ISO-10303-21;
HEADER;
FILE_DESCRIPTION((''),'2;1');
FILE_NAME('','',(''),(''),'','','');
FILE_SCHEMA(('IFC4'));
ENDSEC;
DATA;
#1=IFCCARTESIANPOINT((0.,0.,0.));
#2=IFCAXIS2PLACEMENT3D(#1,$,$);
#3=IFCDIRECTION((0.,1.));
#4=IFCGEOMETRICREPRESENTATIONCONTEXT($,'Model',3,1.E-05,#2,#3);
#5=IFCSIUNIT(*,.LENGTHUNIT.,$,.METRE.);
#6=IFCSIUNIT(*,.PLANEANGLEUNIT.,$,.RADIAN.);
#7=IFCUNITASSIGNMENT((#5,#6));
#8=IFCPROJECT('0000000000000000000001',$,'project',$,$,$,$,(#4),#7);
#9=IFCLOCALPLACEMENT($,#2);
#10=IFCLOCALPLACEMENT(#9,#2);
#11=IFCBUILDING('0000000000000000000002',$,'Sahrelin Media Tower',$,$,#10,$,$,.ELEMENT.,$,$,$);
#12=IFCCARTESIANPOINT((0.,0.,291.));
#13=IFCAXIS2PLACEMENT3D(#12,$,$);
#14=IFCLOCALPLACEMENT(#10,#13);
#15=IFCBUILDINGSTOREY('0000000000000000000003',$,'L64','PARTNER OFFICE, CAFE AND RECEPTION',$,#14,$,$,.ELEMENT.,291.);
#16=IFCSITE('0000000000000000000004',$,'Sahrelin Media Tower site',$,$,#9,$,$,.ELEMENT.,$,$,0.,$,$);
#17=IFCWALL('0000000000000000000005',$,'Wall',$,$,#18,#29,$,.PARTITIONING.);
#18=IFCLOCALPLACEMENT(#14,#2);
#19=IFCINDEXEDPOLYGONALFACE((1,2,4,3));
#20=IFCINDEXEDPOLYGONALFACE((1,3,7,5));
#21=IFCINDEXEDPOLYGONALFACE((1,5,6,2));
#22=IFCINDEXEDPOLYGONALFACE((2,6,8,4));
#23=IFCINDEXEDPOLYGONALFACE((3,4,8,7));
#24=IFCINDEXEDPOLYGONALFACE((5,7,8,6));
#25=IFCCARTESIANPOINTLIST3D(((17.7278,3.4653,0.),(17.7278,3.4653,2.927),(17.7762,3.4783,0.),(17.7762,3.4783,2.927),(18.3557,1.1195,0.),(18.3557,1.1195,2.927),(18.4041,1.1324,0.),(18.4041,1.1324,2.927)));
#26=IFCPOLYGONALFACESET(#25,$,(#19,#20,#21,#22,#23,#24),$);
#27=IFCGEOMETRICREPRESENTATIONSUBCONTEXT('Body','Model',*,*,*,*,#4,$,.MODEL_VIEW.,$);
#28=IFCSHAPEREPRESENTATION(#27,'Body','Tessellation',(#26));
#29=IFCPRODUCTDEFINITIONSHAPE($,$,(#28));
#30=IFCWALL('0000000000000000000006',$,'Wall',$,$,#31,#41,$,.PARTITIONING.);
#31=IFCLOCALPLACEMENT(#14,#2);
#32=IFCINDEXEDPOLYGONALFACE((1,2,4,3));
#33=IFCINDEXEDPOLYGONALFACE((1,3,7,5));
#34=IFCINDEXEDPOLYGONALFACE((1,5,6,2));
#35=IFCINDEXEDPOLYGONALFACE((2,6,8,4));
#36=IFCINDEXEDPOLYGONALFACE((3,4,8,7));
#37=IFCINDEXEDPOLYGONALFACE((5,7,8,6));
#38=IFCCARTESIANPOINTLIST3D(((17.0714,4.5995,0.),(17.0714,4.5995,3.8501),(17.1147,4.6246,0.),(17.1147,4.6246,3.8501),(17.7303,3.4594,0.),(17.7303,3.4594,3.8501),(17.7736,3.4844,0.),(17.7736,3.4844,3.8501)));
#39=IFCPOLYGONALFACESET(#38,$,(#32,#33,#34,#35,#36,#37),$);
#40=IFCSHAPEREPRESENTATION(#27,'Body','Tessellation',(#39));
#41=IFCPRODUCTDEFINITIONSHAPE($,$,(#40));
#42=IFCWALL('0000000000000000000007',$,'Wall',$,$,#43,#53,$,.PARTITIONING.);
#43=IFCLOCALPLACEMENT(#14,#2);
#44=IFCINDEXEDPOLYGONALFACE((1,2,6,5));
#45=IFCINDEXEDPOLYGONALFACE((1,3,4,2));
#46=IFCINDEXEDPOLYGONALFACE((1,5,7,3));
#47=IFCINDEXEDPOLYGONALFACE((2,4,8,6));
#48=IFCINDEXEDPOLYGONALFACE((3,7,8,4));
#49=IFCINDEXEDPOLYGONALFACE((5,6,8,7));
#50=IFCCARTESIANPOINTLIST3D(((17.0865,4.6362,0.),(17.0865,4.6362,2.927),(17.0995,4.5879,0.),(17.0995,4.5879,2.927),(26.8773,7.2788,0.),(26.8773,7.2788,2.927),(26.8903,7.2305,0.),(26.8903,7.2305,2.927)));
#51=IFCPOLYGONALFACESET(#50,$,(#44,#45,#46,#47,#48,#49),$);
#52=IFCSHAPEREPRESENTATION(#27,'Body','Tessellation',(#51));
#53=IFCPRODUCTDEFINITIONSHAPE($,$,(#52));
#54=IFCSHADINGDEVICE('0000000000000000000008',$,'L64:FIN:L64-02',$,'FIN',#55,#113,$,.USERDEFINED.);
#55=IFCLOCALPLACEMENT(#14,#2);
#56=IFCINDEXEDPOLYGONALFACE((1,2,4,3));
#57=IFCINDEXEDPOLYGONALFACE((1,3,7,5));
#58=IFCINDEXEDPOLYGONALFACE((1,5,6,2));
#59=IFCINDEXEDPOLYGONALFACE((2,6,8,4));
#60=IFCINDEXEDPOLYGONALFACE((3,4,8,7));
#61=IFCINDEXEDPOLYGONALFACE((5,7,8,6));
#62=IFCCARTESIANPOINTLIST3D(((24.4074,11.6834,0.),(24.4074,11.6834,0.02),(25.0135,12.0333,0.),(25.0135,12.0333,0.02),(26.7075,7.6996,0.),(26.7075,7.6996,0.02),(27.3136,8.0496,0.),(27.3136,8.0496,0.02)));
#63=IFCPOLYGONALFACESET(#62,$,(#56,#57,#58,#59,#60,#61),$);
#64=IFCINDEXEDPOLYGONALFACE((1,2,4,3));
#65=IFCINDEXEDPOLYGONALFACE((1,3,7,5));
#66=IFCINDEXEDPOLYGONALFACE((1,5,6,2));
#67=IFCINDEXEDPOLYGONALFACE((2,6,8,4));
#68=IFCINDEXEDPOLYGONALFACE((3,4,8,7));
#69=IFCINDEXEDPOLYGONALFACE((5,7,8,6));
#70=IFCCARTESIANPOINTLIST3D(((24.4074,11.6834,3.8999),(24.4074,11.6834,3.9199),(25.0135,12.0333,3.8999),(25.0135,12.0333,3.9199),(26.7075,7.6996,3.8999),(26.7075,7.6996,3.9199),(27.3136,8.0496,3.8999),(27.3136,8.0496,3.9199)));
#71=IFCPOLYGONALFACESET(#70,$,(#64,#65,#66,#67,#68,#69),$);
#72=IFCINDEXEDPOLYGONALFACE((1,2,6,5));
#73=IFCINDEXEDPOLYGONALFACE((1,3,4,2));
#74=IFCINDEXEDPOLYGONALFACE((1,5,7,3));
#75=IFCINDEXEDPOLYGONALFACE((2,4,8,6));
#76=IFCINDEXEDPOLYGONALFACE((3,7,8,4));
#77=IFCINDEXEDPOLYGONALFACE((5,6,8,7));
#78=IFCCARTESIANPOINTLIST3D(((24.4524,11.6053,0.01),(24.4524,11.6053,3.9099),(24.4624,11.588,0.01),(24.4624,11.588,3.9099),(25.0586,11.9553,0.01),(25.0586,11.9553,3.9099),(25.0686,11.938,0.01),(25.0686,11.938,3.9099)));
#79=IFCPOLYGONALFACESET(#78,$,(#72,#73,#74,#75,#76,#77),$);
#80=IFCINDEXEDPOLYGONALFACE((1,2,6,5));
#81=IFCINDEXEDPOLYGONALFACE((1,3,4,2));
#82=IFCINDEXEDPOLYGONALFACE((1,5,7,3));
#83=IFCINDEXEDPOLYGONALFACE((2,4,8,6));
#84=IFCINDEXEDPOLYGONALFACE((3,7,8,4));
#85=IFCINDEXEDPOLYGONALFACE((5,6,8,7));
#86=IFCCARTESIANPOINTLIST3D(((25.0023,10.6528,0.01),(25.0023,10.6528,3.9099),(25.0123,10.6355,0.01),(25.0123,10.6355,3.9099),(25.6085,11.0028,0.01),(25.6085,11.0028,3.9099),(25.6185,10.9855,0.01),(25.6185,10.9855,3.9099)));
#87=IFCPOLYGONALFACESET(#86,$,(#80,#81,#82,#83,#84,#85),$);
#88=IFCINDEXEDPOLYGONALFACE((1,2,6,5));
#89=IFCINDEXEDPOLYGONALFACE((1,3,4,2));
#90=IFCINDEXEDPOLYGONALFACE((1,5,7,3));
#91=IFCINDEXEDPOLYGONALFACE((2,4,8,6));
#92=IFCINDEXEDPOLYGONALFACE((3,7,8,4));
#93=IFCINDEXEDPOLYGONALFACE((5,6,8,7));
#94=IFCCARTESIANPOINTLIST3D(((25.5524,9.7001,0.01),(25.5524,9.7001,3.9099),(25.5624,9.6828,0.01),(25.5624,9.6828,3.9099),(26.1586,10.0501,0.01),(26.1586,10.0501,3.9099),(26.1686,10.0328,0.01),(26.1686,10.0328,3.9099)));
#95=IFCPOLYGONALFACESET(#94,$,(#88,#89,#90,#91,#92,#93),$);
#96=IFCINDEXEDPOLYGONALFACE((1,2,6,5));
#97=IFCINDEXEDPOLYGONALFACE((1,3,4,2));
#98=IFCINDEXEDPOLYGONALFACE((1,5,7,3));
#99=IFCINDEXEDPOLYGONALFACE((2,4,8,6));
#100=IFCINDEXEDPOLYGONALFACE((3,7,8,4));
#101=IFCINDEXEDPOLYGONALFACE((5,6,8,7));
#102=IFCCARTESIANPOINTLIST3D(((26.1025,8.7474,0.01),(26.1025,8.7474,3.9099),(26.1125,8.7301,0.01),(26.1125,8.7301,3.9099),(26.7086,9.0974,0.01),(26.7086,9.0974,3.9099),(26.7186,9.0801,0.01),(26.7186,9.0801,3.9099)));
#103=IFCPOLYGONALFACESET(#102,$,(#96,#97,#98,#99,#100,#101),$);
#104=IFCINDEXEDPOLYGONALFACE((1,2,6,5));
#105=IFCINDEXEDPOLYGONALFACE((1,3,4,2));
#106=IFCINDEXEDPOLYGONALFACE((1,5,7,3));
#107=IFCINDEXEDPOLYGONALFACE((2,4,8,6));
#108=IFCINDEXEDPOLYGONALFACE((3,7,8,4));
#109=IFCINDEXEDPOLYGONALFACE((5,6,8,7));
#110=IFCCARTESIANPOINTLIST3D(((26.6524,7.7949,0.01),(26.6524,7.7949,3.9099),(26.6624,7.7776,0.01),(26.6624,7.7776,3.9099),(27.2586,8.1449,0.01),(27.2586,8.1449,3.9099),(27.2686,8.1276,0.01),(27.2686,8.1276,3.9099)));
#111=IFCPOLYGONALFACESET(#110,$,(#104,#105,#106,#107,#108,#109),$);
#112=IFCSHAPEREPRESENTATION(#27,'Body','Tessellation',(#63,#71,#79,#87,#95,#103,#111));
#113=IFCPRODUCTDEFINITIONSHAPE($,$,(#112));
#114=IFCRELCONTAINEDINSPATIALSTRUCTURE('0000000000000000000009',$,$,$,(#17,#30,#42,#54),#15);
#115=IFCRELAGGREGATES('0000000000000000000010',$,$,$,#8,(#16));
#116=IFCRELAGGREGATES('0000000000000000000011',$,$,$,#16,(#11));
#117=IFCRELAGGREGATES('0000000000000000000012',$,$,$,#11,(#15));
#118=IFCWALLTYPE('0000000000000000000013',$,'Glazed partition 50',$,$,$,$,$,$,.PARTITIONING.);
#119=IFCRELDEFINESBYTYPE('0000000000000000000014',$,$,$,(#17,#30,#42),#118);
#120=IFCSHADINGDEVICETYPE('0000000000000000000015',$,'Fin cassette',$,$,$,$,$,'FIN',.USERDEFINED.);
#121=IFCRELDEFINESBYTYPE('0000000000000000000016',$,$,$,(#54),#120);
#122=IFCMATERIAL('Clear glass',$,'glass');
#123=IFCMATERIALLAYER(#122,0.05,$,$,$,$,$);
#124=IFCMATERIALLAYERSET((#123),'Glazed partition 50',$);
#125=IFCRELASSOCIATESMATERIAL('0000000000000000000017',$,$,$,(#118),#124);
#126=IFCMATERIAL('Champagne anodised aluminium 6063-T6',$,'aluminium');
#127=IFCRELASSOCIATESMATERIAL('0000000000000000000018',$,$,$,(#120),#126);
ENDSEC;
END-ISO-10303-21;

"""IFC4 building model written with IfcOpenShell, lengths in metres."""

from ifc_helpers import new_model, si_unit, direction, frame, frame_2d, origin, origin_2d, place, context, subcontext, project, spatial, rectangle, extrude, material, layer, layer_set, type_object, element, save


model = new_model("IFC4")

# Units and contexts
model_context = context("Model", 3, precision=1e-05, world=origin(), true_north=direction((0.0, 1.0)))
body_context = subcontext(model_context, "Body", "Model", "MODEL_VIEW")
ifc_project = project(units=[si_unit("LENGTHUNIT", "METRE"), si_unit("PLANEANGLEUNIT", "RADIAN")], contexts=[model_context])

# Site, building, storey
site_placement = place(None, origin())
site = spatial("IfcSite", under=ifc_project, at=site_placement, Name="Sahrelin Media Tower site", CompositionType="ELEMENT", RefElevation=0.0)
building_placement = place(site_placement, origin())
building = spatial("IfcBuilding", under=site, at=building_placement, Name="Sahrelin Media Tower", CompositionType="ELEMENT")
storey_placement = place(building_placement, frame((0.0, 0.0, 291.0)))
storey = spatial("IfcBuildingStorey", under=building, at=storey_placement, Name="L64", Description="PARTNER OFFICE, CAFE AND RECEPTION", CompositionType="ELEMENT", Elevation=291.0)

# Shared definitions
ifc_material_1 = material(Name="Champagne anodised aluminium 6063-T6", Category="aluminium")

# Walls
ifc_material_2 = material(Name="Clear glass", Category="glass")
ifc_layer_1 = layer(ifc_material_2, 0.05)
ifc_layer_set_1 = layer_set([ifc_layer_1], Name="Glazed partition 50")
wall_type_1 = type_object("IfcWallType", Name="Glazed partition 50", PredefinedType="PARTITIONING", material=ifc_layer_set_1)
wall_1_placement = place(storey_placement, frame((17.752, 3.4719, 0.0), z_axis=(0.0, 0.0, 1.0), x_axis=(0.258564, -0.965994, 0.0)))
element("IfcWall", 1, at=wall_1_placement, inside=storey, type_object=wall_type_1, Name="Wall", PredefinedType="PARTITIONING", context=body_context, shape_type="SweptSolid", body=[
    extrude(rectangle(XDim=2.4285, YDim=0.05, at=frame_2d((1.2144, 0.0))), origin(), (0.0, 0.0, 1.0), 2.927),
])
wall_2_placement = place(storey_placement, frame((17.093, 4.6121, 0.0), z_axis=(0.0, 0.0, 1.0), x_axis=(0.500386, -0.865803, 0.0)))
element("IfcWall", 2, at=wall_2_placement, inside=storey, type_object=wall_type_1, Name="Wall", PredefinedType="PARTITIONING", context=body_context, shape_type="SweptSolid", body=[
    extrude(rectangle(XDim=1.3169, YDim=0.05, at=frame_2d((0.6584, 0.0))), origin(), (0.0, 0.0, 1.0), 3.8501),
])
wall_3_placement = place(storey_placement, frame((17.093, 4.6121, 0.0), z_axis=(0.0, 0.0, 1.0), x_axis=(0.965452, 0.26058, 0.0)))
element("IfcWall", 3, at=wall_3_placement, inside=storey, type_object=wall_type_1, Name="Wall", PredefinedType="PARTITIONING", context=body_context, shape_type="SweptSolid", body=[
    extrude(rectangle(XDim=10.1411, YDim=0.05, at=frame_2d((5.0706, 0.0))), origin(), (0.0, 0.0, 1.0), 2.927),
])

# Shading device
shading_device_type_1 = type_object("IfcShadingDeviceType", Name="Fin cassette", ElementType="FIN", PredefinedType="USERDEFINED", material=ifc_material_1)
placement = place(storey_placement, frame((25.4968, 9.6565, 0.0), z_axis=(0.0, 0.0, 1.0), x_axis=(0.500011, -0.866019, 0.0)))
element("IfcShadingDevice", 4, at=placement, inside=storey, type_object=shading_device_type_1, Name="L64:FIN:L64-02", ObjectType="FIN", PredefinedType="USERDEFINED", context=body_context, shape_type="SweptSolid", body=[
    extrude(rectangle(XDim=4.6001, YDim=0.7, at=origin_2d()), frame((0.0, 0.4199, 0.0)), (0.0, 0.0, 1.0), 0.02),
    extrude(rectangle(XDim=4.6001, YDim=0.7, at=origin_2d()), frame((0.0, 0.4199, 3.8999)), (0.0, 0.0, 1.0), 0.02),
    extrude(rectangle(XDim=0.02, YDim=0.7, at=origin_2d()), frame((-2.2, 0.4199, 0.01), z_axis=(0.0, 0.0, 1.0), x_axis=(1.0, 0.0, 0.0)), (0.0, 0.0, 1.0), 3.8999),
    extrude(rectangle(XDim=0.02, YDim=0.7, at=origin_2d()), frame((-1.1001, 0.4199, 0.01), z_axis=(0.0, 0.0, 1.0), x_axis=(1.0, 0.0, 0.0)), (0.0, 0.0, 1.0), 3.8999),
    extrude(rectangle(XDim=0.02, YDim=0.7, at=origin_2d()), frame((0.0, 0.4199, 0.01), z_axis=(0.0, 0.0, 1.0), x_axis=(1.0, 0.0, 0.0)), (0.0, 0.0, 1.0), 3.8999),
    extrude(rectangle(XDim=0.02, YDim=0.7, at=origin_2d()), frame((1.1001, 0.4199, 0.01), z_axis=(0.0, 0.0, 1.0), x_axis=(1.0, 0.0, 0.0)), (0.0, 0.0, 1.0), 3.8999),
    extrude(rectangle(XDim=0.02, YDim=0.7, at=origin_2d()), frame((2.2, 0.4199, 0.01), z_axis=(0.0, 0.0, 1.0), x_axis=(1.0, 0.0, 0.0)), (0.0, 0.0, 1.0), 3.8999),
])

save(model, "model.ifc")
